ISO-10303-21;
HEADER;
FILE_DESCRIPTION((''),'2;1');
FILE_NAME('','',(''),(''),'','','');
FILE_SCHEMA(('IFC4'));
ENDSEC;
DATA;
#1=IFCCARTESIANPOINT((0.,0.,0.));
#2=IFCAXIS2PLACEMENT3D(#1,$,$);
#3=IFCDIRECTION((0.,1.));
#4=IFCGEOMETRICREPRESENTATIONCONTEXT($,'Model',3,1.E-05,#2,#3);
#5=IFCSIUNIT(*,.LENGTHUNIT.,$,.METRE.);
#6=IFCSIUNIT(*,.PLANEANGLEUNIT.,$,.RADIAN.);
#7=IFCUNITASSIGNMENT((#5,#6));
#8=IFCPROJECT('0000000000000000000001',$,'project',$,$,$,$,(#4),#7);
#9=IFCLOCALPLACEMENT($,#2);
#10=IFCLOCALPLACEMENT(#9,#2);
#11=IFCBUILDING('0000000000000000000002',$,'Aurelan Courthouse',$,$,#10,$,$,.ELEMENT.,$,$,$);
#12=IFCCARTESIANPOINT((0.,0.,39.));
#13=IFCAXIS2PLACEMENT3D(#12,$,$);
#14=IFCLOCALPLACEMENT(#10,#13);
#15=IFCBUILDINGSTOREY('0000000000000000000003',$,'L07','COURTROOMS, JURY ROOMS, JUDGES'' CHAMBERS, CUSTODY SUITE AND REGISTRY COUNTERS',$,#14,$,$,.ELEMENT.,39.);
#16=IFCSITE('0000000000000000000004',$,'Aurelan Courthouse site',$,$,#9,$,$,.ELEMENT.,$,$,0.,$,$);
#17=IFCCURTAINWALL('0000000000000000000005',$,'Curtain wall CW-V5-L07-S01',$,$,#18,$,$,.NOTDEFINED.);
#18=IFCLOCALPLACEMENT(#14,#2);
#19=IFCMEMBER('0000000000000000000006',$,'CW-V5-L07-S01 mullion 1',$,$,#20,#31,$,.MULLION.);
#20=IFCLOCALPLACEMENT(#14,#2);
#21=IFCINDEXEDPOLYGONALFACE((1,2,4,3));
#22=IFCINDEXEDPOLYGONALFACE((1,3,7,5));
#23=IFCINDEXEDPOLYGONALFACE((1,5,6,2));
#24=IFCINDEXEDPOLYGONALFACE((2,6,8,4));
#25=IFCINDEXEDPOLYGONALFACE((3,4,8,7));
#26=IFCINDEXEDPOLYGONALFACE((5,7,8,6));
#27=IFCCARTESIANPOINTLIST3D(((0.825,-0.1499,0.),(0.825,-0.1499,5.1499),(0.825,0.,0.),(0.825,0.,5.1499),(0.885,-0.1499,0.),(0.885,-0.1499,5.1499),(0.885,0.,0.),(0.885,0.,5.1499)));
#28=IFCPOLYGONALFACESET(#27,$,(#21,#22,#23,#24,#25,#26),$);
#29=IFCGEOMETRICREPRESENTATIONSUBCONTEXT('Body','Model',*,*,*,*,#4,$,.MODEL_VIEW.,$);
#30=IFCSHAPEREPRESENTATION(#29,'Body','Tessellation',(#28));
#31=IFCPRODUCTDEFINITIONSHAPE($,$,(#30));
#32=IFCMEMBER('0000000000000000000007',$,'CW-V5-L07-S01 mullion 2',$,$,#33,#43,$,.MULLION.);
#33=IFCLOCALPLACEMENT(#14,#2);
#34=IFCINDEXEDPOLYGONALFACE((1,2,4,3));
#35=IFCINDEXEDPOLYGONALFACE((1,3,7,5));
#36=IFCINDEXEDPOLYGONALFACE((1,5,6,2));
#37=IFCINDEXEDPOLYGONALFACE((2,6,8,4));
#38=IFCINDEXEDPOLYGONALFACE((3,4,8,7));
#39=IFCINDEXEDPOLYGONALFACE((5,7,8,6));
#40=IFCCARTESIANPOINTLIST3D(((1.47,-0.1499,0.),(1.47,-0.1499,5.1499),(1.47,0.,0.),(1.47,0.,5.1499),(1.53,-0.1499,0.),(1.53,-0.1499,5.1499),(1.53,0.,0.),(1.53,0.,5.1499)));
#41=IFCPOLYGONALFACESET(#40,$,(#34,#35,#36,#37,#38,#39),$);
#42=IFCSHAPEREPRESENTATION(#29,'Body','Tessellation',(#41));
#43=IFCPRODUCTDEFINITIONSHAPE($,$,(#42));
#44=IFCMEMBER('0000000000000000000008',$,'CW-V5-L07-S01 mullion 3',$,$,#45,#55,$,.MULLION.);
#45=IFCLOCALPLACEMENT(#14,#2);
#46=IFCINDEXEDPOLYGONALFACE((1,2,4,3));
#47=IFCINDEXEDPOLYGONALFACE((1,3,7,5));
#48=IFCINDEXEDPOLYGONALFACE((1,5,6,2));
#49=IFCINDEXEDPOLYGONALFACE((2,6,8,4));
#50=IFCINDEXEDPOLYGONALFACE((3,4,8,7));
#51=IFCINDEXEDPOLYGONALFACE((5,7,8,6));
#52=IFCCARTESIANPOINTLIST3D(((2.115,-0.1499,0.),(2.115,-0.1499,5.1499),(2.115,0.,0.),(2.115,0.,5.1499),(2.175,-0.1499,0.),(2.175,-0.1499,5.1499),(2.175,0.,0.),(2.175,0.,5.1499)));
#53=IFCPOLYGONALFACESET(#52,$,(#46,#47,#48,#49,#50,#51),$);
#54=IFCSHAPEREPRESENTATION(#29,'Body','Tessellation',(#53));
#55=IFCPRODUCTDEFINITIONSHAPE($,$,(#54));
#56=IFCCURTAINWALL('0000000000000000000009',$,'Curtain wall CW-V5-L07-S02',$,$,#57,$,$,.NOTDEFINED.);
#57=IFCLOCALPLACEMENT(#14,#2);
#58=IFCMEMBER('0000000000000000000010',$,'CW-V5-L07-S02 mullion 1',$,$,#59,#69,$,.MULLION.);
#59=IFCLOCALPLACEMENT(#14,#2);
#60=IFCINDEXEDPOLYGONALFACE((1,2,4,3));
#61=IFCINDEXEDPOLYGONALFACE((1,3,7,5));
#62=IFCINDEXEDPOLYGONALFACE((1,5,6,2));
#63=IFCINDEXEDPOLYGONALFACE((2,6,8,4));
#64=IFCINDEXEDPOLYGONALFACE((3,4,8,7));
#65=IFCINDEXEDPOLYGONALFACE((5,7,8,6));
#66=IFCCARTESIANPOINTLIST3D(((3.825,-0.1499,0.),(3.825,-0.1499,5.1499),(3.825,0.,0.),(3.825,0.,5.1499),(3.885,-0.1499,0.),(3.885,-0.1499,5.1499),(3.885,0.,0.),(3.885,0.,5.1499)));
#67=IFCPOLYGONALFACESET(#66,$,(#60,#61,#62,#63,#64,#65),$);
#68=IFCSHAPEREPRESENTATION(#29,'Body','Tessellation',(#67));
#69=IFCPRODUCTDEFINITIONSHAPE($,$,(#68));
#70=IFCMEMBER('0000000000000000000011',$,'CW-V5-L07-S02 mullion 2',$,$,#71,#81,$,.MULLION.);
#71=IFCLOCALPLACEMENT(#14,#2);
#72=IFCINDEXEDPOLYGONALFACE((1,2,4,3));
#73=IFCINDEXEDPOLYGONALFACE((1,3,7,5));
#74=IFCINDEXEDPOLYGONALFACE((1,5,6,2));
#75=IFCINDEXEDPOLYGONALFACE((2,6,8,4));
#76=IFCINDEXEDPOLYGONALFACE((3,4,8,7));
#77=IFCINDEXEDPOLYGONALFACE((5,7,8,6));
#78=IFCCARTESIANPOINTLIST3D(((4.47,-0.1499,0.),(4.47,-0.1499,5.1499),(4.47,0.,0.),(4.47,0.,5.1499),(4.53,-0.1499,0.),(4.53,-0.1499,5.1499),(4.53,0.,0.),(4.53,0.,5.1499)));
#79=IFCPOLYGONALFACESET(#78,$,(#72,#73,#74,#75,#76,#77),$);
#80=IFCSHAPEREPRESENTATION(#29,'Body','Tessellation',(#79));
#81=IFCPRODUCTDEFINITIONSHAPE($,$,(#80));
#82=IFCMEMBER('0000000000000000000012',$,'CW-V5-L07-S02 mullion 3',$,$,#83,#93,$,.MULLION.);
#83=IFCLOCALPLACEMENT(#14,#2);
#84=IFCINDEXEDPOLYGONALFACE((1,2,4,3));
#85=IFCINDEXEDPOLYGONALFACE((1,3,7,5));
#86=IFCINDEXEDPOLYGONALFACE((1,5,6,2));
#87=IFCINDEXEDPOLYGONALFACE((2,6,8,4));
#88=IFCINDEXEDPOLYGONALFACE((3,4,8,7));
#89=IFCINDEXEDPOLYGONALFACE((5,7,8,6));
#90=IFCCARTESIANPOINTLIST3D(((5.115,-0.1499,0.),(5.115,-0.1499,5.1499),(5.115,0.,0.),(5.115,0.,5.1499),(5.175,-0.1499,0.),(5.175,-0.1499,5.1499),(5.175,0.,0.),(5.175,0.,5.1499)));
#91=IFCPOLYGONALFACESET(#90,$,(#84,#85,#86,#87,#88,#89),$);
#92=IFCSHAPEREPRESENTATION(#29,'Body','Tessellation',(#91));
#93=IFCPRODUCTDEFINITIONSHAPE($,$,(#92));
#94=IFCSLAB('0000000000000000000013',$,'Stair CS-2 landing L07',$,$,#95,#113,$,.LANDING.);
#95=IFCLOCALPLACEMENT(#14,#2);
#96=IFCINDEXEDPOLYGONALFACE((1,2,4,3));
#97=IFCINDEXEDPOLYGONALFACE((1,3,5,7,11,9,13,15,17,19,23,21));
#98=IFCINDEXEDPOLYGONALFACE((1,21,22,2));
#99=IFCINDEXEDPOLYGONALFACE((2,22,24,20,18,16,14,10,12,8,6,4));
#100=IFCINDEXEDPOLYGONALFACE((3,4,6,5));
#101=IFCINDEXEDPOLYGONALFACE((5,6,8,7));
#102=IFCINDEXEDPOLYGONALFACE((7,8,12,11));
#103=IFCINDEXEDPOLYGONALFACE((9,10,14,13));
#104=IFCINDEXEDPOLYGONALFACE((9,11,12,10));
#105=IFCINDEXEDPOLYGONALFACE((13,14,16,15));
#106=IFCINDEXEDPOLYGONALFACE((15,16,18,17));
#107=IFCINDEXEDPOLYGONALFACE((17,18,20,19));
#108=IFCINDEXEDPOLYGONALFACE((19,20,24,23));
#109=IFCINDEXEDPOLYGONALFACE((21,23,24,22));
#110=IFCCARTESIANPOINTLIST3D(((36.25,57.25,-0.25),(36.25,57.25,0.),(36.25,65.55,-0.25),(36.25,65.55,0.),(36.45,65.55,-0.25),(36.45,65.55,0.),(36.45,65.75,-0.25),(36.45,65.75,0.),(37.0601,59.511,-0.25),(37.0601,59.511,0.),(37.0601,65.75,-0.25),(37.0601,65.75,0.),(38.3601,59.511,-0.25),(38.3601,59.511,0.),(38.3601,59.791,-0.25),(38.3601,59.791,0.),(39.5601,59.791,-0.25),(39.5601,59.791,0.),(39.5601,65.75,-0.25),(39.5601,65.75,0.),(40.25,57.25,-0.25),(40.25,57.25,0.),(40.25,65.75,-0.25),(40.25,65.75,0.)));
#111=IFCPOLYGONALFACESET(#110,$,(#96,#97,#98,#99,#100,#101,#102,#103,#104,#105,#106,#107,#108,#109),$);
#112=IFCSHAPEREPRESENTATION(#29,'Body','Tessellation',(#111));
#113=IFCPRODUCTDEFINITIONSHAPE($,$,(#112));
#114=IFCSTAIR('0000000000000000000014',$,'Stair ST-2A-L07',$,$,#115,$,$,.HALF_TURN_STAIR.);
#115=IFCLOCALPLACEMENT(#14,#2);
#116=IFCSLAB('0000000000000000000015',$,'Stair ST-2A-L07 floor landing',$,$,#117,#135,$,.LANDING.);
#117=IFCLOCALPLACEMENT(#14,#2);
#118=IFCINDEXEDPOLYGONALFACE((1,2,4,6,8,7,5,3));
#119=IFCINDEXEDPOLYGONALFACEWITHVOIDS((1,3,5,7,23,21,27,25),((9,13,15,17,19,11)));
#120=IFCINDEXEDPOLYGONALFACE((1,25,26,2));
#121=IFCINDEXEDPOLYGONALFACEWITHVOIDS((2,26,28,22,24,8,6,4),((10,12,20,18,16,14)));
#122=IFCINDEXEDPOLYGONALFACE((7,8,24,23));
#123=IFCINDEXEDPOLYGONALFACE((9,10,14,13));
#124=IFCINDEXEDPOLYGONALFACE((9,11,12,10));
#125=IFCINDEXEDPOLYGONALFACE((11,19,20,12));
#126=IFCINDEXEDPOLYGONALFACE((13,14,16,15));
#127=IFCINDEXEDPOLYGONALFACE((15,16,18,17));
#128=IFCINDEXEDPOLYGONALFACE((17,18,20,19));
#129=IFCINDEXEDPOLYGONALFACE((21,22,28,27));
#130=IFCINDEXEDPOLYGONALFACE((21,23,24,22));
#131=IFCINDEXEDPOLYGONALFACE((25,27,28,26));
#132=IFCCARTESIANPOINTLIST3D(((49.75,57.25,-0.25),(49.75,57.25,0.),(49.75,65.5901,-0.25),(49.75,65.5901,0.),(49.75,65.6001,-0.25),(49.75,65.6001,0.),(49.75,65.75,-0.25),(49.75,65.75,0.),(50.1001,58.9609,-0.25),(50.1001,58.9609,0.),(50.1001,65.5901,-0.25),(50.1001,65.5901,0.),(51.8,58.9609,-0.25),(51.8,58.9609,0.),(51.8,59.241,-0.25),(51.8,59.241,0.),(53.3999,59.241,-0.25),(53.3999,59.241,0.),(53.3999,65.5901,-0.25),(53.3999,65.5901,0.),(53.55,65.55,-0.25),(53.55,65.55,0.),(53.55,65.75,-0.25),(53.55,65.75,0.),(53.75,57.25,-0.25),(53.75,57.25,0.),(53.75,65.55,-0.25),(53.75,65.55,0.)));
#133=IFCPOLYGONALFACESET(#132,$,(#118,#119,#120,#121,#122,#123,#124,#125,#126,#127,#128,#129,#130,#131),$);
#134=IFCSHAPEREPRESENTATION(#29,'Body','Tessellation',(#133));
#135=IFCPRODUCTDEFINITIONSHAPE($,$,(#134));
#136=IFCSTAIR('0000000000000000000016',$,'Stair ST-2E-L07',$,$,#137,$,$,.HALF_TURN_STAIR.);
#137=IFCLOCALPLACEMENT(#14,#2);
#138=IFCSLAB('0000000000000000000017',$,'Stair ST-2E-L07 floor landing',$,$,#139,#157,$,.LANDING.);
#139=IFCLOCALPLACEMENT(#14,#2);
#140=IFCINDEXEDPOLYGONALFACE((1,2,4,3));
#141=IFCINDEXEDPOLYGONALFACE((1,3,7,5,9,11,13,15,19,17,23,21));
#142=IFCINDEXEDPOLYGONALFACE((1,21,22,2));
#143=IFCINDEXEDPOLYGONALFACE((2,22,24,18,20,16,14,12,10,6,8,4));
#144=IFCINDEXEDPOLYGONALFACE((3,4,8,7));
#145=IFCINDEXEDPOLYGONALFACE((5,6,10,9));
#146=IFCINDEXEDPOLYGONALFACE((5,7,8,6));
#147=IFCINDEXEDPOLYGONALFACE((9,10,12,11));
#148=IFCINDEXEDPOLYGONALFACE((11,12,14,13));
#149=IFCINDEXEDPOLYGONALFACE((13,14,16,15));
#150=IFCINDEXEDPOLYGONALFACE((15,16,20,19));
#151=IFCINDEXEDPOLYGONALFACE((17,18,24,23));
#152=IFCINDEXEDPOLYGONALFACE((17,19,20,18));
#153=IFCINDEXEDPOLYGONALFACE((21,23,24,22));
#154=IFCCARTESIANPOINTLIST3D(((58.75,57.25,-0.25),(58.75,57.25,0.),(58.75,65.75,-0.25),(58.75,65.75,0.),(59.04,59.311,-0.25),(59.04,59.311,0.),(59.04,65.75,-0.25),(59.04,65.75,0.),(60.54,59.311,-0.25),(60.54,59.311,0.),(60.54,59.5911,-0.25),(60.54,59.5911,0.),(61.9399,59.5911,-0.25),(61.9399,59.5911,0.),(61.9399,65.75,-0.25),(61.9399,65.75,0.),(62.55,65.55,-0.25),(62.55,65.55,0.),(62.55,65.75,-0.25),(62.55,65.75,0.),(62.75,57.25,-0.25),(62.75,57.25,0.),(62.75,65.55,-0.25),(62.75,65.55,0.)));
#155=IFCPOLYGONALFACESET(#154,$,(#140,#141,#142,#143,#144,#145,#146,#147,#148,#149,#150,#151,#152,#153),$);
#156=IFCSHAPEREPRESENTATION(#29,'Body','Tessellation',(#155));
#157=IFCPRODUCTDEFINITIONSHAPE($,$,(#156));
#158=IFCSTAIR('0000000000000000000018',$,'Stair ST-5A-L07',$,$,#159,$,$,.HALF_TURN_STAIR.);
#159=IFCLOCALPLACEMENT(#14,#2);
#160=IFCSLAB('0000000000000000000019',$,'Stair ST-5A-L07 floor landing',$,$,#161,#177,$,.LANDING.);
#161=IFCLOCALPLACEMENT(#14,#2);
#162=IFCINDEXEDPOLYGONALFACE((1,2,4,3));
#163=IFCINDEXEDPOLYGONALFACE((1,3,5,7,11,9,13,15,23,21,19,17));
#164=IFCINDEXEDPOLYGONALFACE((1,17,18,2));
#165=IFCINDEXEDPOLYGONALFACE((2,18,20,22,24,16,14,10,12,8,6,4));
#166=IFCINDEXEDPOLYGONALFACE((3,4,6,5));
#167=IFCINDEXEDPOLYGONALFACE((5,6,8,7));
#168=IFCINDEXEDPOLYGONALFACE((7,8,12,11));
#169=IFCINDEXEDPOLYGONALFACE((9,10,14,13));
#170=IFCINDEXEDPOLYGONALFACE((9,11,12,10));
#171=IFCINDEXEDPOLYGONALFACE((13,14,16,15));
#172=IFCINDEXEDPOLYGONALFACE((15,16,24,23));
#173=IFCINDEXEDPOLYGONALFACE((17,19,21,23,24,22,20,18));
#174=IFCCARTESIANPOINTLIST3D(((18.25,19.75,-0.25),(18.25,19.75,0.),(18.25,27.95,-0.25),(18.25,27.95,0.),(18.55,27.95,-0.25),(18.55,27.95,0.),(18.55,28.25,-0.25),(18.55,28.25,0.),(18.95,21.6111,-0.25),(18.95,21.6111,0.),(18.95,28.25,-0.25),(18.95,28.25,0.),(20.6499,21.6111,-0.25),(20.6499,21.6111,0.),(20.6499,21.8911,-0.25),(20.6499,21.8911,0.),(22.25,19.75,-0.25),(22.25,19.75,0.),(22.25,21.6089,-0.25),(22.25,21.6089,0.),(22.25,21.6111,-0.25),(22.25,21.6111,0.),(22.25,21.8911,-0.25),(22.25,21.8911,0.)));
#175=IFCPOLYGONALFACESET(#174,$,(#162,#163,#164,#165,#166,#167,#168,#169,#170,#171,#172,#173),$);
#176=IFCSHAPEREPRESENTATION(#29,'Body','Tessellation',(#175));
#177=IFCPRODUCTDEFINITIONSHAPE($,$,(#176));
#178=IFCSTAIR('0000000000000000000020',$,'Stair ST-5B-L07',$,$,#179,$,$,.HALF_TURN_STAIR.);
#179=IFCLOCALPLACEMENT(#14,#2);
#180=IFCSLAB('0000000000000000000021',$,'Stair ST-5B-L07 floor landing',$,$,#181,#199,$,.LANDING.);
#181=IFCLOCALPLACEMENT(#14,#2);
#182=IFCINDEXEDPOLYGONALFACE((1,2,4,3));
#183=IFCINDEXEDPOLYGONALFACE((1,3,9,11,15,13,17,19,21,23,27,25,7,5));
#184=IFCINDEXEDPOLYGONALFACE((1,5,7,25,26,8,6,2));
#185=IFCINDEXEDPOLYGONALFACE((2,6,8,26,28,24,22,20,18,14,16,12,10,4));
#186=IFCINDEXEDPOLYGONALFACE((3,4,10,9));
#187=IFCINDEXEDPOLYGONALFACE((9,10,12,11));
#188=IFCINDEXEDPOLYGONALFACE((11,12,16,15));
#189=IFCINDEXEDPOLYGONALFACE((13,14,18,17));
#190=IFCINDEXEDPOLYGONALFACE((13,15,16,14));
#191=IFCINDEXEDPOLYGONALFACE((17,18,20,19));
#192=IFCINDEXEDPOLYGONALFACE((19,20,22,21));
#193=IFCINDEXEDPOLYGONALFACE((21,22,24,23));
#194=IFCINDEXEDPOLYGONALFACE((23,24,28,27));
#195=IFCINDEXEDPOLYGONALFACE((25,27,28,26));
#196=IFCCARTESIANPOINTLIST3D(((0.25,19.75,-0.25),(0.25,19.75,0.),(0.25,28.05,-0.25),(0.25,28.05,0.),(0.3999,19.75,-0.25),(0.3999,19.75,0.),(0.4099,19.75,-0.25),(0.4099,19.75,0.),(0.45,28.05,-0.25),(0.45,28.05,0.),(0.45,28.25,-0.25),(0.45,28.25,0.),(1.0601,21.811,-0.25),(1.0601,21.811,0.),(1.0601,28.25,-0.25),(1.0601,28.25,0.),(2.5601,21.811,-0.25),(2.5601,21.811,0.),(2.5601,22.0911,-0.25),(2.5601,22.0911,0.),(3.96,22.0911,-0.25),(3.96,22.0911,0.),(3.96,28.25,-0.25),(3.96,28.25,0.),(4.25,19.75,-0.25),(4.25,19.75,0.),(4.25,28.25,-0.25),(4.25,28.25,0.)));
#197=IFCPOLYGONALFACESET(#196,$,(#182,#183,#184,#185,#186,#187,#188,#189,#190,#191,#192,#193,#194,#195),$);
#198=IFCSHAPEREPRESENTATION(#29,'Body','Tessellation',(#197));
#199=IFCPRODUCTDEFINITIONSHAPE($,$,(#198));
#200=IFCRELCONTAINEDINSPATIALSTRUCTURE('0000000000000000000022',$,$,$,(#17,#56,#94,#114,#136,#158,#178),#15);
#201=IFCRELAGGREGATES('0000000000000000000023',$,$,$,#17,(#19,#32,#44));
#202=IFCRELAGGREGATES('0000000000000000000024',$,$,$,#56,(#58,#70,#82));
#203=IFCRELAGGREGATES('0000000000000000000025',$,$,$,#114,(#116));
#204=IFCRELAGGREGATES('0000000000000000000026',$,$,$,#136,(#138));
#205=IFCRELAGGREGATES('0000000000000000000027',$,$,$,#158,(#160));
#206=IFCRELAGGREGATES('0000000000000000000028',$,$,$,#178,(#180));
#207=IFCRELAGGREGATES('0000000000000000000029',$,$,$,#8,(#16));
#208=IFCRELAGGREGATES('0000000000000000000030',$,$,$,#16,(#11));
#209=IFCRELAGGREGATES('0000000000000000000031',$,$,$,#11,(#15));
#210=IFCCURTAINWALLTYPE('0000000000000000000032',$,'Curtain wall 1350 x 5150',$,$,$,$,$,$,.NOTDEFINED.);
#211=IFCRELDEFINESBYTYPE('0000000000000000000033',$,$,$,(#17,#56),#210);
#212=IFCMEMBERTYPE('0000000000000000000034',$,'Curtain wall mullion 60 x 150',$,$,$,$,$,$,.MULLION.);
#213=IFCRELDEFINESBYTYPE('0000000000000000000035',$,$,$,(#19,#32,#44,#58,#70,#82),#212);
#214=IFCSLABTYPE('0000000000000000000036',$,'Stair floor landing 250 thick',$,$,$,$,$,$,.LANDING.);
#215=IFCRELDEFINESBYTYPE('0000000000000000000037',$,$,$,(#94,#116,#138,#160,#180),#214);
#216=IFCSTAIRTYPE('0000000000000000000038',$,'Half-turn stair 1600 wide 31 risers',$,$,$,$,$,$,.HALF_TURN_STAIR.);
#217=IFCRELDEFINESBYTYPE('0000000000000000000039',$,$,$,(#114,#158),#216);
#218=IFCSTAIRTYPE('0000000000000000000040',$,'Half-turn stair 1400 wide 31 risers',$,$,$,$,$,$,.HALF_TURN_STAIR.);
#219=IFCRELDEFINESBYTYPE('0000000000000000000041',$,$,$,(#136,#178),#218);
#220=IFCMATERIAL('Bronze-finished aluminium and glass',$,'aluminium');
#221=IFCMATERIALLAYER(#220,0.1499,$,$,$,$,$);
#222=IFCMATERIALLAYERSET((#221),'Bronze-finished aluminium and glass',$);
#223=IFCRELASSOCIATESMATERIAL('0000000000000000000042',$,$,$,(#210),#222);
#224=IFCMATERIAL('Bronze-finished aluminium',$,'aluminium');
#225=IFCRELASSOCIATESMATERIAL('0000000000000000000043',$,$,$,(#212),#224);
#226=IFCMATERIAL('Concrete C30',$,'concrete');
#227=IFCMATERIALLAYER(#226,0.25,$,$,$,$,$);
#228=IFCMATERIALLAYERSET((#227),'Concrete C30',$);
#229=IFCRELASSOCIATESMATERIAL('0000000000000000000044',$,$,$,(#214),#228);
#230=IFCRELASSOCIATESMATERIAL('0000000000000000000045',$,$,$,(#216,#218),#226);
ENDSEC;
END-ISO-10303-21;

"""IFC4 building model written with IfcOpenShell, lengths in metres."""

from ifc_helpers import new_model, si_unit, direction, frame, origin, origin_2d, place, context, subcontext, project, spatial, polyline, rectangle, outline, extrude, material, layer, layer_set, material_profile, profile_set, type_object, element, aggregate, save


model = new_model("IFC4")

# Units and contexts
model_context = context("Model", 3, precision=1e-05, world=origin(), true_north=direction((0.0, 1.0)))
body_context = subcontext(model_context, "Body", "Model", "MODEL_VIEW")
ifc_project = project(units=[si_unit("LENGTHUNIT", "METRE"), si_unit("PLANEANGLEUNIT", "RADIAN")], contexts=[model_context])

# Site, building, storey
site_placement = place(None, origin())
site = spatial("IfcSite", under=ifc_project, at=site_placement, Name="Aurelan Courthouse site", CompositionType="ELEMENT", RefElevation=0.0)
building_placement = place(site_placement, origin())
building = spatial("IfcBuilding", under=site, at=building_placement, Name="Aurelan Courthouse", CompositionType="ELEMENT")
storey_placement = place(building_placement, frame((0.0, 0.0, 39.0)))
storey = spatial("IfcBuildingStorey", under=building, at=storey_placement, Name="L07", Description="COURTROOMS, JURY ROOMS, JUDGES' CHAMBERS, CUSTODY SUITE AND REGISTRY COUNTERS", CompositionType="ELEMENT", Elevation=39.0)

# Curtain walls, members
ifc_material_1 = material(Name="Bronze-finished aluminium and glass", Category="aluminium")
ifc_layer_1 = layer(ifc_material_1, 0.1499)
ifc_layer_set_1 = layer_set([ifc_layer_1], Name="Bronze-finished aluminium and glass")
curtain_wall_type = type_object("IfcCurtainWallType", Name="Curtain wall 1350 x 5150", PredefinedType="NOTDEFINED", material=ifc_layer_set_1)
curtain_wall_1_placement = place(storey_placement, origin())
curtain_wall_1 = element("IfcCurtainWall", 1, at=curtain_wall_1_placement, inside=storey, type_object=curtain_wall_type, Name="Curtain wall CW-V5-L07-S01", PredefinedType="NOTDEFINED")
ifc_material_2 = material(Name="Bronze-finished aluminium", Category="aluminium")
ifc_material_profile = material_profile(ifc_material_2, rectangle(XDim=0.1499, YDim=0.0601, at=origin_2d()), Name="Bronze mullion 60 x 150")
ifc_profile_set = profile_set([ifc_material_profile], Name="Bronze-finished aluminium")
member_type = type_object("IfcMemberType", Name="Curtain wall mullion 60 x 150", PredefinedType="MULLION", material=ifc_profile_set)
member_1_placement = place(storey_placement, frame((0.855, -0.075, 0.0), z_axis=(0.0, 0.0, 1.0), x_axis=(0.0, 1.0, 0.0)))
member_1 = element("IfcMember", 2, at=member_1_placement, type_object=member_type, Name="CW-V5-L07-S01 mullion 1", PredefinedType="MULLION", context=body_context, shape_type="SweptSolid", body=[
    extrude(rectangle(XDim=0.1499, YDim=0.0601, at=origin_2d()), origin(), (0.0, 0.0, 1.0), 5.1499),
])
member_2_placement = place(storey_placement, frame((1.5, -0.075, 0.0), z_axis=(0.0, 0.0, 1.0), x_axis=(0.0, 1.0, 0.0)))
member_2 = element("IfcMember", 3, at=member_2_placement, type_object=member_type, Name="CW-V5-L07-S01 mullion 2", PredefinedType="MULLION", context=body_context, shape_type="SweptSolid", body=[
    extrude(rectangle(XDim=0.1499, YDim=0.0601, at=origin_2d()), origin(), (0.0, 0.0, 1.0), 5.1499),
])
member_3_placement = place(storey_placement, frame((2.145, -0.075, 0.0), z_axis=(0.0, 0.0, 1.0), x_axis=(0.0, 1.0, 0.0)))
member_3 = element("IfcMember", 4, at=member_3_placement, type_object=member_type, Name="CW-V5-L07-S01 mullion 3", PredefinedType="MULLION", context=body_context, shape_type="SweptSolid", body=[
    extrude(rectangle(XDim=0.1499, YDim=0.0601, at=origin_2d()), origin(), (0.0, 0.0, 1.0), 5.1499),
])
aggregate(curtain_wall_1, [member_1, member_2, member_3])
curtain_wall_2_placement = place(storey_placement, origin())
curtain_wall_2 = element("IfcCurtainWall", 5, at=curtain_wall_2_placement, inside=storey, type_object=curtain_wall_type, Name="Curtain wall CW-V5-L07-S02", PredefinedType="NOTDEFINED")
member_4_placement = place(storey_placement, frame((3.855, -0.075, 0.0), z_axis=(0.0, 0.0, 1.0), x_axis=(0.0, 1.0, 0.0)))
member_4 = element("IfcMember", 6, at=member_4_placement, type_object=member_type, Name="CW-V5-L07-S02 mullion 1", PredefinedType="MULLION", context=body_context, shape_type="SweptSolid", body=[
    extrude(rectangle(XDim=0.1499, YDim=0.0601, at=origin_2d()), origin(), (0.0, 0.0, 1.0), 5.1499),
])
member_5_placement = place(storey_placement, frame((4.5, -0.075, 0.0), z_axis=(0.0, 0.0, 1.0), x_axis=(0.0, 1.0, 0.0)))
member_5 = element("IfcMember", 7, at=member_5_placement, type_object=member_type, Name="CW-V5-L07-S02 mullion 2", PredefinedType="MULLION", context=body_context, shape_type="SweptSolid", body=[
    extrude(rectangle(XDim=0.1499, YDim=0.0601, at=origin_2d()), origin(), (0.0, 0.0, 1.0), 5.1499),
])
member_6_placement = place(storey_placement, frame((5.145, -0.075, 0.0), z_axis=(0.0, 0.0, 1.0), x_axis=(0.0, 1.0, 0.0)))
member_6 = element("IfcMember", 8, at=member_6_placement, type_object=member_type, Name="CW-V5-L07-S02 mullion 3", PredefinedType="MULLION", context=body_context, shape_type="SweptSolid", body=[
    extrude(rectangle(XDim=0.1499, YDim=0.0601, at=origin_2d()), origin(), (0.0, 0.0, 1.0), 5.1499),
])
aggregate(curtain_wall_2, [member_4, member_5, member_6])

# Slab
ifc_material_3 = material(Name="Concrete C30", Category="concrete")
ifc_layer_2 = layer(ifc_material_3, 0.25)
ifc_layer_set_2 = layer_set([ifc_layer_2], Name="Concrete C30")
slab_type = type_object("IfcSlabType", Name="Stair floor landing 250 thick", PredefinedType="LANDING", material=ifc_layer_set_2)
slab_1_placement = place(storey_placement, frame((0.0, 0.0, -0.25)))
element("IfcSlab", 9, at=slab_1_placement, inside=storey, type_object=slab_type, Name="Stair CS-2 landing L07", PredefinedType="LANDING", context=body_context, shape_type="SweptSolid", body=[
    extrude(outline(polyline([(37.0601, 59.511), (38.3601, 59.511), (38.3601, 59.791), (39.5601, 59.791), (39.5601, 65.75), (40.25, 65.75), (40.25, 57.25), (36.25, 57.25), (36.25, 65.55), (36.45, 65.55), (36.45, 65.75), (37.0601, 65.75), (37.0601, 59.511)])), origin(), (0.0, 0.0, 1.0), 0.25),
])

# Stairs, slabs
stair_type_1 = type_object("IfcStairType", Name="Half-turn stair 1600 wide 31 risers", PredefinedType="HALF_TURN_STAIR", material=ifc_material_3)
stair_1_placement = place(storey_placement, origin())
stair_1 = element("IfcStair", 10, at=stair_1_placement, inside=storey, type_object=stair_type_1, Name="Stair ST-2A-L07", PredefinedType="HALF_TURN_STAIR")
slab_2_placement = place(storey_placement, frame((0.0, 0.0, -0.25)))
slab_2 = element("IfcSlab", 11, at=slab_2_placement, type_object=slab_type, Name="Stair ST-2A-L07 floor landing", PredefinedType="LANDING", context=body_context, shape_type="SweptSolid", body=[
    extrude(outline(polyline([(53.75, 57.25), (49.75, 57.25), (49.75, 65.5901), (49.75, 65.6001), (49.75, 65.75), (53.55, 65.75), (53.55, 65.55), (53.75, 65.55), (53.75, 57.25)]), holes=[polyline([(51.8, 58.9609), (51.8, 59.241), (53.3999, 59.241), (53.3999, 65.5901), (50.1001, 65.5901), (50.1001, 58.9609), (51.8, 58.9609)])]), origin(), (0.0, 0.0, 1.0), 0.25),
])
aggregate(stair_1, [slab_2])
stair_type_2 = type_object("IfcStairType", Name="Half-turn stair 1400 wide 31 risers", PredefinedType="HALF_TURN_STAIR", material=ifc_material_3)
stair_2_placement = place(storey_placement, origin())
stair_2 = element("IfcStair", 12, at=stair_2_placement, inside=storey, type_object=stair_type_2, Name="Stair ST-2E-L07", PredefinedType="HALF_TURN_STAIR")
slab_3_placement = place(storey_placement, frame((0.0, 0.0, -0.25)))
slab_3 = element("IfcSlab", 13, at=slab_3_placement, type_object=slab_type, Name="Stair ST-2E-L07 floor landing", PredefinedType="LANDING", context=body_context, shape_type="SweptSolid", body=[
    extrude(outline(polyline([(59.04, 59.311), (60.54, 59.311), (60.54, 59.5911), (61.9399, 59.5911), (61.9399, 65.75), (62.55, 65.75), (62.55, 65.55), (62.75, 65.55), (62.75, 57.25), (58.75, 57.25), (58.75, 65.75), (59.04, 65.75), (59.04, 59.311)])), origin(), (0.0, 0.0, 1.0), 0.25),
])
aggregate(stair_2, [slab_3])
stair_3_placement = place(storey_placement, origin())
stair_3 = element("IfcStair", 14, at=stair_3_placement, inside=storey, type_object=stair_type_1, Name="Stair ST-5A-L07", PredefinedType="HALF_TURN_STAIR")
slab_4_placement = place(storey_placement, frame((0.0, 0.0, -0.25)))
slab_4 = element("IfcSlab", 15, at=slab_4_placement, type_object=slab_type, Name="Stair ST-5A-L07 floor landing", PredefinedType="LANDING", context=body_context, shape_type="SweptSolid", body=[
    extrude(outline(polyline([(18.95, 21.6111), (20.6499, 21.6111), (20.6499, 21.8911), (22.25, 21.8911), (22.25, 21.6111), (22.25, 21.6089), (22.25, 19.75), (18.25, 19.75), (18.25, 27.95), (18.55, 27.95), (18.55, 28.25), (18.95, 28.25), (18.95, 21.6111)])), origin(), (0.0, 0.0, 1.0), 0.25),
])
aggregate(stair_3, [slab_4])
stair_4_placement = place(storey_placement, origin())
stair_4 = element("IfcStair", 16, at=stair_4_placement, inside=storey, type_object=stair_type_2, Name="Stair ST-5B-L07", PredefinedType="HALF_TURN_STAIR")
slab_5_placement = place(storey_placement, frame((0.0, 0.0, -0.25)))
slab_5 = element("IfcSlab", 17, at=slab_5_placement, type_object=slab_type, Name="Stair ST-5B-L07 floor landing", PredefinedType="LANDING", context=body_context, shape_type="SweptSolid", body=[
    extrude(outline(polyline([(1.0601, 28.25), (1.0601, 21.811), (2.5601, 21.811), (2.5601, 22.0911), (3.96, 22.0911), (3.96, 28.25), (4.25, 28.25), (4.25, 19.75), (0.4099, 19.75), (0.3999, 19.75), (0.25, 19.75), (0.25, 28.05), (0.45, 28.05), (0.45, 28.25), (1.0601, 28.25)])), origin(), (0.0, 0.0, 1.0), 0.25),
])
aggregate(stair_4, [slab_5])

save(model, "model.ifc")
